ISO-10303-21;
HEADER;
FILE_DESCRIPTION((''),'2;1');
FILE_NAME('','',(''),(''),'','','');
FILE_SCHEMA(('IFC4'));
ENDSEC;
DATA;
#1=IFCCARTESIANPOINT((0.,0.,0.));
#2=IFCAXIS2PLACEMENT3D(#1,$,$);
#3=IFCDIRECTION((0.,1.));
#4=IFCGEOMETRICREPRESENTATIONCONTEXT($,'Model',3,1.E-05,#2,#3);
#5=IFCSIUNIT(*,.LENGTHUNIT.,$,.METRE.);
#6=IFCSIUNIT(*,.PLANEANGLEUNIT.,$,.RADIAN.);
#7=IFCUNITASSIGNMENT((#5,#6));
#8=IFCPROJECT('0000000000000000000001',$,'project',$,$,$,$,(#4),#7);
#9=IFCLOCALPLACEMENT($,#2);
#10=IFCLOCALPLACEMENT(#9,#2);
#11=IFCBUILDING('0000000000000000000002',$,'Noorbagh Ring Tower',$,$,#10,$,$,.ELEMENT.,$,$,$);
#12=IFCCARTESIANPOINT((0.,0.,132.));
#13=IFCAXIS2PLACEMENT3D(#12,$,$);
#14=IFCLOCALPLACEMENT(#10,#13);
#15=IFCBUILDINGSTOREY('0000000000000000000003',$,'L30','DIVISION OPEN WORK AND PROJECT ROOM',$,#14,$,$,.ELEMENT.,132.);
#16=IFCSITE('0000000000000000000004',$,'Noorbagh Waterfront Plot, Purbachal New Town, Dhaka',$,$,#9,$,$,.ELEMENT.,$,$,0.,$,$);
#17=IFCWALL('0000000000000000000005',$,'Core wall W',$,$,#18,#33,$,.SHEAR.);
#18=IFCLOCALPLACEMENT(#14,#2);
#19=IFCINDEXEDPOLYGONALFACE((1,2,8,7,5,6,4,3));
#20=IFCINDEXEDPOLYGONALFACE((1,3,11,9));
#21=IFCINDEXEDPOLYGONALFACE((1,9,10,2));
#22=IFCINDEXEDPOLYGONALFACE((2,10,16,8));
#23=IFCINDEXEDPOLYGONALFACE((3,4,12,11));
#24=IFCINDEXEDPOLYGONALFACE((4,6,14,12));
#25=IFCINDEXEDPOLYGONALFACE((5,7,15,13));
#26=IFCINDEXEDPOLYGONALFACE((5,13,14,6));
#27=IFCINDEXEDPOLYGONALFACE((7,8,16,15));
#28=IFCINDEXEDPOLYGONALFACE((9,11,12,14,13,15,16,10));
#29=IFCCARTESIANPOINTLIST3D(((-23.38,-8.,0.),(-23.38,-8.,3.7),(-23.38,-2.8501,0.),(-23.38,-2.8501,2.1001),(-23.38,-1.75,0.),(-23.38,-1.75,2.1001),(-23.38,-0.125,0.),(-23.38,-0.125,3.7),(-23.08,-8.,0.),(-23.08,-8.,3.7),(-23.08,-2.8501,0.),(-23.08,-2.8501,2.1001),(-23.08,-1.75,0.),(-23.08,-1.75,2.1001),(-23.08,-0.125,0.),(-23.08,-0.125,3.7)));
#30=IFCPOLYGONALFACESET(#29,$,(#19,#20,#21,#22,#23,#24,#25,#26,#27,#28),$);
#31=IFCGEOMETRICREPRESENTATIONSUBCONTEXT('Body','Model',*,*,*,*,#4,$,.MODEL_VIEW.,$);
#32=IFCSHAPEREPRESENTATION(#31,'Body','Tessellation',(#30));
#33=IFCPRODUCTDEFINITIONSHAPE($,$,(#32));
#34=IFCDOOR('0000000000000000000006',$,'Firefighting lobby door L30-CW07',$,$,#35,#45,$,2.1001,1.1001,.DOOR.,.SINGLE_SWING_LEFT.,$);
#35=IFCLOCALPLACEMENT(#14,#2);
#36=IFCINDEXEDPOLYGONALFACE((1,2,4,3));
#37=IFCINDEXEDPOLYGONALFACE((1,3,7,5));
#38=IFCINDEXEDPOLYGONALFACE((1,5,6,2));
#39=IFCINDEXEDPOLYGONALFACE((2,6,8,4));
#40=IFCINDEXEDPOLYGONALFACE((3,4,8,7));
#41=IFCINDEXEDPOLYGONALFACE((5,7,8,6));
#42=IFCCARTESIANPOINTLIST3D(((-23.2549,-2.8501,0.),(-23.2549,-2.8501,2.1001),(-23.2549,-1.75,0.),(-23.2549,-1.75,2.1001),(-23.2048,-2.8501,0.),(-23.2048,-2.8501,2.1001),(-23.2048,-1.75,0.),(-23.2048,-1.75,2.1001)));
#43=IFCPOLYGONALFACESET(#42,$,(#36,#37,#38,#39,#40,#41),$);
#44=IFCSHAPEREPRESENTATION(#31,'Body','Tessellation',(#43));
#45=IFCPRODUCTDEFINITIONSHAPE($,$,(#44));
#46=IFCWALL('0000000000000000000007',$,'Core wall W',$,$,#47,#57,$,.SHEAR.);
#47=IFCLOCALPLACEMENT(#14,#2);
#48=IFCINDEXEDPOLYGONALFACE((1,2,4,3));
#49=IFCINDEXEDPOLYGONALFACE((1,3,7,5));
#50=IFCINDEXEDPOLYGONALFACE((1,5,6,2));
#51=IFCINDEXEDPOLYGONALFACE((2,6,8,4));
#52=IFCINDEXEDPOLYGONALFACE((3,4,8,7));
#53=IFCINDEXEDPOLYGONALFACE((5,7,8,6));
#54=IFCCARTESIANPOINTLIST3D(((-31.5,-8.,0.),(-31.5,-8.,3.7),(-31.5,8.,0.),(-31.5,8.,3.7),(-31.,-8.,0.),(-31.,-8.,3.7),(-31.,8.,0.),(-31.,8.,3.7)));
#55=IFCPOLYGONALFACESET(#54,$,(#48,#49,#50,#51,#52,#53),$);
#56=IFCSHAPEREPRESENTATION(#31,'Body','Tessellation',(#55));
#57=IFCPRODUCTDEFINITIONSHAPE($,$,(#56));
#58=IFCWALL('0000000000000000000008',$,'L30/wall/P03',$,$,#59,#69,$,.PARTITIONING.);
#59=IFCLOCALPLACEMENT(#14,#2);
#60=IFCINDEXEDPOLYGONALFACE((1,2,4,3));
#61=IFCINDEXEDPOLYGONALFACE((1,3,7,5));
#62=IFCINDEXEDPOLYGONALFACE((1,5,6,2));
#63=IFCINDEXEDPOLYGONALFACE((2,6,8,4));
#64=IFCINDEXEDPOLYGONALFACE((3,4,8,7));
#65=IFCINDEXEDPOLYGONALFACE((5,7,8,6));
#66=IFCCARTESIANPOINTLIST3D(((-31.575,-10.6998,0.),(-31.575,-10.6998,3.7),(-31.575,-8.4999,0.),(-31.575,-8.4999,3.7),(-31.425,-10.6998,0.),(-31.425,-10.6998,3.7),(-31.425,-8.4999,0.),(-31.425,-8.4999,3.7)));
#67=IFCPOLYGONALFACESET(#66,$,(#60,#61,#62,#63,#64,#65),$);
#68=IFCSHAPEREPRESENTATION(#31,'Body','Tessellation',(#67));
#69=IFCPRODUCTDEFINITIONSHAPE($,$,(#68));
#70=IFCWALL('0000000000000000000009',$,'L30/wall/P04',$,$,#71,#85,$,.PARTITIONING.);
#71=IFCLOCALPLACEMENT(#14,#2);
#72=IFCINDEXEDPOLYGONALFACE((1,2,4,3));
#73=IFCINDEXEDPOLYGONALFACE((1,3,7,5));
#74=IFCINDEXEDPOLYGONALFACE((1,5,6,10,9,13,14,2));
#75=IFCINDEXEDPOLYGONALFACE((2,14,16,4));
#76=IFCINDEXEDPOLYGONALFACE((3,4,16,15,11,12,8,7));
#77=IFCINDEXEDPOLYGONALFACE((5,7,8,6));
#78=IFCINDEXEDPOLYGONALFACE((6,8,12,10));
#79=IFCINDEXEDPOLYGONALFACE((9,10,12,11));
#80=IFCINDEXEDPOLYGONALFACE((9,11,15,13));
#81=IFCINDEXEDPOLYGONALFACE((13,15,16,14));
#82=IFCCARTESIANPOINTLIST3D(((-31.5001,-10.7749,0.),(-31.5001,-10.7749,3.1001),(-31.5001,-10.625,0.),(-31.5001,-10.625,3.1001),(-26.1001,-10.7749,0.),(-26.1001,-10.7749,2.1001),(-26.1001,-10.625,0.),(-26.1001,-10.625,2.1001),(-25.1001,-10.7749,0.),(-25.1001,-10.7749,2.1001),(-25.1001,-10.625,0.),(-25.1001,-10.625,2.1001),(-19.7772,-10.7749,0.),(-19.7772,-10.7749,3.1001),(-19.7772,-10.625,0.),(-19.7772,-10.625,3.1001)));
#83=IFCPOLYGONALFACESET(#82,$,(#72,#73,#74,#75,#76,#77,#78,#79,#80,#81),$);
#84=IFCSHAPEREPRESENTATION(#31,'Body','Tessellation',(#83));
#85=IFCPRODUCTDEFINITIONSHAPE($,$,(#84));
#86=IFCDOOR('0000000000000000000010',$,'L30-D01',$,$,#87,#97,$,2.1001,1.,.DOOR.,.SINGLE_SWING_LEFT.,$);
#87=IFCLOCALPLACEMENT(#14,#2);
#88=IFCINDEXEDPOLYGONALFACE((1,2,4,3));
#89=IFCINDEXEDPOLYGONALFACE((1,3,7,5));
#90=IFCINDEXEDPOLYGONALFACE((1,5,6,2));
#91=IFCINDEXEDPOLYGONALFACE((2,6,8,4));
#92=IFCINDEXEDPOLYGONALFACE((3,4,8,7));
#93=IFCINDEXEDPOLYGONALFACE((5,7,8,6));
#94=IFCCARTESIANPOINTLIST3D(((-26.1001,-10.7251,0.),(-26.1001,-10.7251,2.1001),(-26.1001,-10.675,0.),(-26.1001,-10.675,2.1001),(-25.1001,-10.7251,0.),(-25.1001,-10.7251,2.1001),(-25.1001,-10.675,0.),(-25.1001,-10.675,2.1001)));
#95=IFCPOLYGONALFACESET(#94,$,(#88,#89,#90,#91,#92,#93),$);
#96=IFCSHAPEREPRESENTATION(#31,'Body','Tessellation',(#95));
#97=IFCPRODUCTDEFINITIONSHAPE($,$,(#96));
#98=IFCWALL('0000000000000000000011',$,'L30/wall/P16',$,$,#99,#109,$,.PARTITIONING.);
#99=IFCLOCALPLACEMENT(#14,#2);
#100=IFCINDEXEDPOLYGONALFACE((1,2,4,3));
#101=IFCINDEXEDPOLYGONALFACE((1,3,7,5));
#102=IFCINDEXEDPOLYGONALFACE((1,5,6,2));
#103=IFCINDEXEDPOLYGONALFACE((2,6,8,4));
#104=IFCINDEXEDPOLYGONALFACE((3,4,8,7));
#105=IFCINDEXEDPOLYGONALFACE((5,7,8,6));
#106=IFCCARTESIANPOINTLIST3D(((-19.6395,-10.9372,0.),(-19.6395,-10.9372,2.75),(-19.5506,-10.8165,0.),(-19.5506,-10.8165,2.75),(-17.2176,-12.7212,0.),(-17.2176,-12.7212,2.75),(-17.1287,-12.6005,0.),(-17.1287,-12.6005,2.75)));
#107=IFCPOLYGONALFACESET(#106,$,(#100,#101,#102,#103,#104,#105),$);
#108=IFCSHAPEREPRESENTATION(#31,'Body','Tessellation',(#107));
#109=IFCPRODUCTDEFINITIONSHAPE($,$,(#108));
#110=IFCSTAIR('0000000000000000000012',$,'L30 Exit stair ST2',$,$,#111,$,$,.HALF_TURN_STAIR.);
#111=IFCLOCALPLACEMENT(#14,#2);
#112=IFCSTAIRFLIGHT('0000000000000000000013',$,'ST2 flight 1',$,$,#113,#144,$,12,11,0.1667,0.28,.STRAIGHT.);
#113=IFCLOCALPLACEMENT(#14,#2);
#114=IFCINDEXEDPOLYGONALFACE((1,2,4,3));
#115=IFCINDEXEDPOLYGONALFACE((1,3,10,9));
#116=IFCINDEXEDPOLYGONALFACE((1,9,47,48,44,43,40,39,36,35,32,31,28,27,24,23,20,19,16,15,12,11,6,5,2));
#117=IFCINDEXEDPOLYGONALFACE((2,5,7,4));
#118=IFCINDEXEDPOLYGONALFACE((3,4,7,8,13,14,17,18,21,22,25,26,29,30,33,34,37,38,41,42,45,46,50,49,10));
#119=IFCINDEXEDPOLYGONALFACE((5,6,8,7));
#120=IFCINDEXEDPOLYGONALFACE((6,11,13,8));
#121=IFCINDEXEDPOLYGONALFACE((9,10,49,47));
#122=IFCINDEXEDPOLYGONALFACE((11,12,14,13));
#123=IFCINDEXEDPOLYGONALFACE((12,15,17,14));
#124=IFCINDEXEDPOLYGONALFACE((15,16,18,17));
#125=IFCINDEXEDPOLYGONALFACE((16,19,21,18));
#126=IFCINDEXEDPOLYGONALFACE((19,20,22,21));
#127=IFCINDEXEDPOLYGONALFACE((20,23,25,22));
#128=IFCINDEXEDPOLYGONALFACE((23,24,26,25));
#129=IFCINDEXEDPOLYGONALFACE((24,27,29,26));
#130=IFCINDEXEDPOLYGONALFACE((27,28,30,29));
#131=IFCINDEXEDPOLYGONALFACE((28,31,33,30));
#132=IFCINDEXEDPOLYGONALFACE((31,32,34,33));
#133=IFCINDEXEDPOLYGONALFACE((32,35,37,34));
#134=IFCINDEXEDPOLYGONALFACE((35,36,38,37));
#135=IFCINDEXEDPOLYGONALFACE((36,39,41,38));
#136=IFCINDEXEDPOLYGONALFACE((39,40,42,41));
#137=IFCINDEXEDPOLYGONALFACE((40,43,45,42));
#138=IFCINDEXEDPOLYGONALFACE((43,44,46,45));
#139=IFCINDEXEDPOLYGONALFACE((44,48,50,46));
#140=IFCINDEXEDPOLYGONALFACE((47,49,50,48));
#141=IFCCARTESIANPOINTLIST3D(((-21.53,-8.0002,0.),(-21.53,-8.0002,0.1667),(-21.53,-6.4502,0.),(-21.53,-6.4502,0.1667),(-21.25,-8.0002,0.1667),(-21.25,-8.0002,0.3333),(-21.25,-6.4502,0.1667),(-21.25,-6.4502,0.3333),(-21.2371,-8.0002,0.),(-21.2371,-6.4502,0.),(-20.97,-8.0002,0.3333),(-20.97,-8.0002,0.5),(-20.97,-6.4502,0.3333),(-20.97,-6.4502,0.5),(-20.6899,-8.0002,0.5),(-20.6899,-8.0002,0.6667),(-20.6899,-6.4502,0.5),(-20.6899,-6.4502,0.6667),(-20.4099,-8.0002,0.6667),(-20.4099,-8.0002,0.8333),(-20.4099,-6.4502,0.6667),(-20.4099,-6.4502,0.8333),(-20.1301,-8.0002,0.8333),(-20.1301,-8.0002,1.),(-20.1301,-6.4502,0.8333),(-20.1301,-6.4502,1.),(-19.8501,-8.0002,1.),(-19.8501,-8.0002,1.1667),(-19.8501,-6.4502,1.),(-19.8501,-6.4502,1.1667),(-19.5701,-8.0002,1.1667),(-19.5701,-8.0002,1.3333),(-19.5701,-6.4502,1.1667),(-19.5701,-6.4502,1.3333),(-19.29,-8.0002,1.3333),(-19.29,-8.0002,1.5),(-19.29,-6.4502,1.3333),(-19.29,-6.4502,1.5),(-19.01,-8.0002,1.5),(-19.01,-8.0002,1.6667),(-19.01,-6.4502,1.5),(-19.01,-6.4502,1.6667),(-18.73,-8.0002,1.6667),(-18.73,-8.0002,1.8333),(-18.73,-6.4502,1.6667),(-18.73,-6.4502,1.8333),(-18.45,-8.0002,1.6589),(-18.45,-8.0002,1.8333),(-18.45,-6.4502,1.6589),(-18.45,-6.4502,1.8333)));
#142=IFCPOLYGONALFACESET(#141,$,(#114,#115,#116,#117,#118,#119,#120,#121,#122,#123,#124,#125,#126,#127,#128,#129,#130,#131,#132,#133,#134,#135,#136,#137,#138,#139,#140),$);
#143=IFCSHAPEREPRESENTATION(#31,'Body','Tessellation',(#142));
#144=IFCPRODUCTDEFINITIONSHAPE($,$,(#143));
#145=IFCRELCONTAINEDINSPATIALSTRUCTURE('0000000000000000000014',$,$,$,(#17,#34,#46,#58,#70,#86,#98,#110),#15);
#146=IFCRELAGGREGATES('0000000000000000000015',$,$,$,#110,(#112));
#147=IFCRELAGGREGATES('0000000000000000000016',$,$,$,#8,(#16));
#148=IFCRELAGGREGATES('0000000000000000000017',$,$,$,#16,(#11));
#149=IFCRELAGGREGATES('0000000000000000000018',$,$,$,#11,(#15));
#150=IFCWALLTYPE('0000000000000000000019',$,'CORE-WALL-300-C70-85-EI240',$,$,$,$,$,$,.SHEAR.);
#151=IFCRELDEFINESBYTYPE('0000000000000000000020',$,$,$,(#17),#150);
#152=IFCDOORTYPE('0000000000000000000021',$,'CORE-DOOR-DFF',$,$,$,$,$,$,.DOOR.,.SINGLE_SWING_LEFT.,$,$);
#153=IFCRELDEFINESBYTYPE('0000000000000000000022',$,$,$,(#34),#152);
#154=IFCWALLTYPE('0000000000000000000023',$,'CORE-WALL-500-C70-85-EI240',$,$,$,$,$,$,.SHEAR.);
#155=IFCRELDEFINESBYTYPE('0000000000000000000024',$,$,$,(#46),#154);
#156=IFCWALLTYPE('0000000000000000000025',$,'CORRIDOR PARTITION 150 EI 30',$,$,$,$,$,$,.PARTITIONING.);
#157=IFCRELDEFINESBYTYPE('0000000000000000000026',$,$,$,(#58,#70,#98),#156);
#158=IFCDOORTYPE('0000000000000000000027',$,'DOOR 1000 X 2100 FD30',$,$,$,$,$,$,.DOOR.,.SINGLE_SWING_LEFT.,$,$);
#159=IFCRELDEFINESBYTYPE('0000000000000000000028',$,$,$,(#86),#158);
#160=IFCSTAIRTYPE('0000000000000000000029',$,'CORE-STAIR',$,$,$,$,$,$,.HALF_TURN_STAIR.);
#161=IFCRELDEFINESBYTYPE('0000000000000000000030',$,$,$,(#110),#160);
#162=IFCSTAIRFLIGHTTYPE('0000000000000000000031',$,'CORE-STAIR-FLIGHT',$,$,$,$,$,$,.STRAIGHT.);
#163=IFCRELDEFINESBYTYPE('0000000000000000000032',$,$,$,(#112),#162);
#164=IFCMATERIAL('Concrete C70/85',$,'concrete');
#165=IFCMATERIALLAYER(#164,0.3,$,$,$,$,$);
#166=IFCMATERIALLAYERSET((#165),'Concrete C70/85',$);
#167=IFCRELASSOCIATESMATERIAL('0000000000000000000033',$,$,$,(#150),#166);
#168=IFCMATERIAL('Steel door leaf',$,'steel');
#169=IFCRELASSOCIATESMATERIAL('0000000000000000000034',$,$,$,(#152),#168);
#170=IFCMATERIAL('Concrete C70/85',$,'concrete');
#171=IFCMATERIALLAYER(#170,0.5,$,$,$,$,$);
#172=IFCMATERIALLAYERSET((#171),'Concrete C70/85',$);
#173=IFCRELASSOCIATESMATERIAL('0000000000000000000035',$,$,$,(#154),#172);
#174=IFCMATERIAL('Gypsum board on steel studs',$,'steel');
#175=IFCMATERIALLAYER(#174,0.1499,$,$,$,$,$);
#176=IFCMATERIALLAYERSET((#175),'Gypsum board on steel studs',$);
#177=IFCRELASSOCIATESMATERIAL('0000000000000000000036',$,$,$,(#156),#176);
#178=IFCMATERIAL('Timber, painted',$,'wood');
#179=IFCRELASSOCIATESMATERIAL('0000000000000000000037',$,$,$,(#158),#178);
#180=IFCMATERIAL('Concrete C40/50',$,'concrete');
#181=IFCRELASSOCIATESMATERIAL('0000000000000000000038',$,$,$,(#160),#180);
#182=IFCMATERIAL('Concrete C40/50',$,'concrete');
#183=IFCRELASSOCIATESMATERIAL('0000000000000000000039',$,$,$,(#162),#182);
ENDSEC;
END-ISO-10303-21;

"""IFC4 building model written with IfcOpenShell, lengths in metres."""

from ifc_helpers import new_model, si_unit, direction, frame, frame_2d, origin, place, context, subcontext, project, spatial, polyline, rectangle, outline, extrude, material, layer, layer_set, type_object, element, fill, aggregate, save


model = new_model("IFC4")

# Units and contexts
model_context = context("Model", 3, precision=1e-05, world=origin(), true_north=direction((0.0, 1.0)))
body_context = subcontext(model_context, "Body", "Model", "MODEL_VIEW")
ifc_project = project(units=[si_unit("LENGTHUNIT", "METRE"), si_unit("PLANEANGLEUNIT", "RADIAN")], contexts=[model_context])

# Site, building, storey
site_placement = place(None, origin())
site = spatial("IfcSite", under=ifc_project, at=site_placement, Name="Noorbagh Waterfront Plot, Purbachal New Town, Dhaka", CompositionType="ELEMENT", RefElevation=0.0)
building_placement = place(site_placement, origin())
building = spatial("IfcBuilding", under=site, at=building_placement, Name="Noorbagh Ring Tower", CompositionType="ELEMENT")
storey_placement = place(building_placement, frame((0.0, 0.0, 132.0)))
storey = spatial("IfcBuildingStorey", under=building, at=storey_placement, Name="L30", Description="DIVISION OPEN WORK AND PROJECT ROOM", CompositionType="ELEMENT", Elevation=132.0)

# Shared definitions
ifc_material_1 = material(Name="Concrete C70/85", Category="concrete")
ifc_layer_1 = layer(ifc_material_1, 0.3)
ifc_layer_set_1 = layer_set([ifc_layer_1], Name="Concrete C70/85")
wall_type_1 = type_object("IfcWallType", Name="CORE-WALL-300-C70-85-EI240", PredefinedType="SHEAR", material=ifc_layer_set_1)

# Wall, opening, door
wall_1_placement = place(storey_placement, frame((-23.23, -8.0, 0.0), z_axis=(0.0, 0.0, 1.0), x_axis=(0.0, 1.0, 0.0)))
wall_1 = element("IfcWall", 1, at=wall_1_placement, inside=storey, type_object=wall_type_1, Name="Core wall W", PredefinedType="SHEAR", context=body_context, shape_type="SweptSolid", body=[
    extrude(rectangle(XDim=7.875, YDim=0.3, at=frame_2d((3.9375, 0.0))), origin(), (0.0, 0.0, 1.0), 3.7),
])
opening_1_placement = place(wall_1_placement, frame((5.1499, 0.0, 0.0)))
opening_1 = element("IfcOpeningElement", 2, at=opening_1_placement, cuts=wall_1, PredefinedType="OPENING", context=body_context, shape_type="SweptSolid", body=[
    extrude(rectangle(XDim=1.1001, YDim=2.1001, at=frame_2d((0.55, 1.05))), frame((0.0, 0.1602, 0.0), z_axis=(0.0, -1.0, 0.0), x_axis=(1.0, 0.0, 0.0)), (0.0, 0.0, 1.0), 0.3201),
])
ifc_material_2 = material(Name="Steel door leaf", Category="steel")
door_type_1 = type_object("IfcDoorType", Name="CORE-DOOR-DFF", OperationType="SINGLE_SWING_LEFT", PredefinedType="DOOR", material=ifc_material_2)
door_1_placement = place(opening_1_placement, origin())
door_1 = element("IfcDoor", 3, at=door_1_placement, inside=storey, type_object=door_type_1, Name="Firefighting lobby door L30-CW07", OperationType="SINGLE_SWING_LEFT", OverallHeight=2.1001, OverallWidth=1.1001, PredefinedType="DOOR", context=body_context, shape_type="SweptSolid", body=[
    extrude(rectangle(XDim=1.1001, YDim=2.1001, at=frame_2d((0.55, 1.05))), frame((0.0, 0.0249, 0.0), z_axis=(0.0, -1.0, 0.0), x_axis=(1.0, 0.0, 0.0)), (0.0, 0.0, 1.0), 0.05),
])
fill(opening_1, door_1)

# Walls
ifc_material_3 = material(Name="Concrete C70/85", Category="concrete")
ifc_layer_2 = layer(ifc_material_3, 0.5)
ifc_layer_set_2 = layer_set([ifc_layer_2], Name="Concrete C70/85")
wall_type_2 = type_object("IfcWallType", Name="CORE-WALL-500-C70-85-EI240", PredefinedType="SHEAR", material=ifc_layer_set_2)
wall_2_placement = place(storey_placement, frame((-31.25, -8.0, 0.0), z_axis=(0.0, 0.0, 1.0), x_axis=(0.0, 1.0, 0.0)))
element("IfcWall", 4, at=wall_2_placement, inside=storey, type_object=wall_type_2, Name="Core wall W", PredefinedType="SHEAR", context=body_context, shape_type="SweptSolid", body=[
    extrude(rectangle(XDim=16.0, YDim=0.5, at=frame_2d((8.0, 0.0))), origin(), (0.0, 0.0, 1.0), 3.7),
])
ifc_material_4 = material(Name="Gypsum board on steel studs", Category="steel")
ifc_layer_3 = layer(ifc_material_4, 0.1499)
ifc_layer_set_3 = layer_set([ifc_layer_3], Name="Gypsum board on steel studs")
wall_type_3 = type_object("IfcWallType", Name="CORRIDOR PARTITION 150 EI 30", PredefinedType="PARTITIONING", material=ifc_layer_set_3)
wall_3_placement = place(storey_placement, frame((-31.5, -10.7, 0.0), z_axis=(0.0, 0.0, 1.0), x_axis=(0.0, 1.0, 0.0)))
element("IfcWall", 5, at=wall_3_placement, inside=storey, type_object=wall_type_3, Name="L30/wall/P03", PredefinedType="PARTITIONING", context=body_context, shape_type="SweptSolid", body=[
    extrude(rectangle(XDim=2.2, YDim=0.1499, at=frame_2d((1.1001, 0.0))), origin(), (0.0, 0.0, 1.0), 3.7),
])

# Wall, opening, door
wall_4_placement = place(storey_placement, frame((-31.5, -10.7, 0.0), z_axis=(0.0, 0.0, 1.0), x_axis=(1.0, 0.0, 0.0)))
wall_4 = element("IfcWall", 6, at=wall_4_placement, inside=storey, type_object=wall_type_3, Name="L30/wall/P04", PredefinedType="PARTITIONING", context=body_context, shape_type="SweptSolid", body=[
    extrude(rectangle(XDim=11.7229, YDim=0.1499, at=frame_2d((5.8613, 0.0))), origin(), (0.0, 0.0, 1.0), 3.1001),
])
opening_2_placement = place(wall_4_placement, frame((5.3999, 0.0, 0.0)))
opening_2 = element("IfcOpeningElement", 7, at=opening_2_placement, cuts=wall_4, PredefinedType="OPENING", context=body_context, shape_type="SweptSolid", body=[
    extrude(rectangle(XDim=1.0, YDim=2.1001, at=frame_2d((0.5, 1.05))), frame((0.0, 0.085, 0.0), z_axis=(0.0, -1.0, 0.0), x_axis=(1.0, 0.0, 0.0)), (0.0, 0.0, 1.0), 0.1699),
])
ifc_material_5 = material(Name="Timber, painted", Category="wood")
door_type_2 = type_object("IfcDoorType", Name="DOOR 1000 X 2100 FD30", OperationType="SINGLE_SWING_LEFT", PredefinedType="DOOR", material=ifc_material_5)
door_2_placement = place(opening_2_placement, origin())
door_2 = element("IfcDoor", 8, at=door_2_placement, inside=storey, type_object=door_type_2, Name="L30-D01", OperationType="SINGLE_SWING_LEFT", OverallHeight=2.1001, OverallWidth=1.0, PredefinedType="DOOR", context=body_context, shape_type="SweptSolid", body=[
    extrude(rectangle(XDim=1.0, YDim=2.1001, at=frame_2d((0.5, 1.05))), frame((0.0, 0.0249, 0.0), z_axis=(0.0, -1.0, 0.0), x_axis=(1.0, 0.0, 0.0)), (0.0, 0.0, 1.0), 0.05),
])
fill(opening_2, door_2)

# Wall
wall_5_placement = place(storey_placement, frame((-19.595, -10.877, 0.0), z_axis=(0.0, 0.0, 1.0), x_axis=(0.805152, -0.593069, 0.0)))
element("IfcWall", 9, at=wall_5_placement, inside=storey, type_object=wall_type_3, Name="L30/wall/P16", PredefinedType="PARTITIONING", context=body_context, shape_type="SweptSolid", body=[
    extrude(rectangle(XDim=3.0081, YDim=0.1499, at=frame_2d((1.5039, 0.0))), origin(), (0.0, 0.0, 1.0), 2.75),
])

# Stair, stair flight
ifc_material_6 = material(Name="Concrete C40/50", Category="concrete")
stair_type = type_object("IfcStairType", Name="CORE-STAIR", PredefinedType="HALF_TURN_STAIR", material=ifc_material_6)
stair_placement = place(storey_placement, origin())
stair = element("IfcStair", 10, at=stair_placement, inside=storey, type_object=stair_type, Name="L30 Exit stair ST2", PredefinedType="HALF_TURN_STAIR")
ifc_material_7 = material(Name="Concrete C40/50", Category="concrete")
stair_flight_type = type_object("IfcStairFlightType", Name="CORE-STAIR-FLIGHT", PredefinedType="STRAIGHT", material=ifc_material_7)
stair_flight_placement = place(storey_placement, frame((-21.53, -7.2251, 0.0), z_axis=(0.0, 0.0, 1.0), x_axis=(1.0, 0.0, 0.0)))
stair_flight = element("IfcStairFlight", 11, at=stair_flight_placement, type_object=stair_flight_type, Name="ST2 flight 1", NumberOfRisers=12, NumberOfTreads=11, PredefinedType="STRAIGHT", RiserHeight=0.1667, TreadLength=0.28, context=body_context, shape_type="SweptSolid", body=[
    extrude(outline(polyline([(0.0, 0.0), (0.0, 0.1667), (0.28, 0.1667), (0.28, 0.3333), (0.5601, 0.3333), (0.5601, 0.5), (0.8401, 0.5), (0.8401, 0.6667), (1.1201, 0.6667), (1.1201, 0.8333), (1.3999, 0.8333), (1.3999, 1.0), (1.6799, 1.0), (1.6799, 1.1667), (1.96, 1.1667), (1.96, 1.3333), (2.24, 1.3333), (2.24, 1.5), (2.52, 1.5), (2.52, 1.6667), (2.8, 1.6667), (2.8, 1.8333), (3.0801, 1.8333), (3.0801, 2.0), (3.0801, 1.6589), (0.293, 0.0), (0.0, 0.0)])), frame((0.0, 0.7749, 0.0), z_axis=(0.0, -1.0, 0.0), x_axis=(1.0, 0.0, 0.0)), (0.0, 0.0, 1.0), 1.55),
])
aggregate(stair, [stair_flight])

save(model, "model.ifc")
